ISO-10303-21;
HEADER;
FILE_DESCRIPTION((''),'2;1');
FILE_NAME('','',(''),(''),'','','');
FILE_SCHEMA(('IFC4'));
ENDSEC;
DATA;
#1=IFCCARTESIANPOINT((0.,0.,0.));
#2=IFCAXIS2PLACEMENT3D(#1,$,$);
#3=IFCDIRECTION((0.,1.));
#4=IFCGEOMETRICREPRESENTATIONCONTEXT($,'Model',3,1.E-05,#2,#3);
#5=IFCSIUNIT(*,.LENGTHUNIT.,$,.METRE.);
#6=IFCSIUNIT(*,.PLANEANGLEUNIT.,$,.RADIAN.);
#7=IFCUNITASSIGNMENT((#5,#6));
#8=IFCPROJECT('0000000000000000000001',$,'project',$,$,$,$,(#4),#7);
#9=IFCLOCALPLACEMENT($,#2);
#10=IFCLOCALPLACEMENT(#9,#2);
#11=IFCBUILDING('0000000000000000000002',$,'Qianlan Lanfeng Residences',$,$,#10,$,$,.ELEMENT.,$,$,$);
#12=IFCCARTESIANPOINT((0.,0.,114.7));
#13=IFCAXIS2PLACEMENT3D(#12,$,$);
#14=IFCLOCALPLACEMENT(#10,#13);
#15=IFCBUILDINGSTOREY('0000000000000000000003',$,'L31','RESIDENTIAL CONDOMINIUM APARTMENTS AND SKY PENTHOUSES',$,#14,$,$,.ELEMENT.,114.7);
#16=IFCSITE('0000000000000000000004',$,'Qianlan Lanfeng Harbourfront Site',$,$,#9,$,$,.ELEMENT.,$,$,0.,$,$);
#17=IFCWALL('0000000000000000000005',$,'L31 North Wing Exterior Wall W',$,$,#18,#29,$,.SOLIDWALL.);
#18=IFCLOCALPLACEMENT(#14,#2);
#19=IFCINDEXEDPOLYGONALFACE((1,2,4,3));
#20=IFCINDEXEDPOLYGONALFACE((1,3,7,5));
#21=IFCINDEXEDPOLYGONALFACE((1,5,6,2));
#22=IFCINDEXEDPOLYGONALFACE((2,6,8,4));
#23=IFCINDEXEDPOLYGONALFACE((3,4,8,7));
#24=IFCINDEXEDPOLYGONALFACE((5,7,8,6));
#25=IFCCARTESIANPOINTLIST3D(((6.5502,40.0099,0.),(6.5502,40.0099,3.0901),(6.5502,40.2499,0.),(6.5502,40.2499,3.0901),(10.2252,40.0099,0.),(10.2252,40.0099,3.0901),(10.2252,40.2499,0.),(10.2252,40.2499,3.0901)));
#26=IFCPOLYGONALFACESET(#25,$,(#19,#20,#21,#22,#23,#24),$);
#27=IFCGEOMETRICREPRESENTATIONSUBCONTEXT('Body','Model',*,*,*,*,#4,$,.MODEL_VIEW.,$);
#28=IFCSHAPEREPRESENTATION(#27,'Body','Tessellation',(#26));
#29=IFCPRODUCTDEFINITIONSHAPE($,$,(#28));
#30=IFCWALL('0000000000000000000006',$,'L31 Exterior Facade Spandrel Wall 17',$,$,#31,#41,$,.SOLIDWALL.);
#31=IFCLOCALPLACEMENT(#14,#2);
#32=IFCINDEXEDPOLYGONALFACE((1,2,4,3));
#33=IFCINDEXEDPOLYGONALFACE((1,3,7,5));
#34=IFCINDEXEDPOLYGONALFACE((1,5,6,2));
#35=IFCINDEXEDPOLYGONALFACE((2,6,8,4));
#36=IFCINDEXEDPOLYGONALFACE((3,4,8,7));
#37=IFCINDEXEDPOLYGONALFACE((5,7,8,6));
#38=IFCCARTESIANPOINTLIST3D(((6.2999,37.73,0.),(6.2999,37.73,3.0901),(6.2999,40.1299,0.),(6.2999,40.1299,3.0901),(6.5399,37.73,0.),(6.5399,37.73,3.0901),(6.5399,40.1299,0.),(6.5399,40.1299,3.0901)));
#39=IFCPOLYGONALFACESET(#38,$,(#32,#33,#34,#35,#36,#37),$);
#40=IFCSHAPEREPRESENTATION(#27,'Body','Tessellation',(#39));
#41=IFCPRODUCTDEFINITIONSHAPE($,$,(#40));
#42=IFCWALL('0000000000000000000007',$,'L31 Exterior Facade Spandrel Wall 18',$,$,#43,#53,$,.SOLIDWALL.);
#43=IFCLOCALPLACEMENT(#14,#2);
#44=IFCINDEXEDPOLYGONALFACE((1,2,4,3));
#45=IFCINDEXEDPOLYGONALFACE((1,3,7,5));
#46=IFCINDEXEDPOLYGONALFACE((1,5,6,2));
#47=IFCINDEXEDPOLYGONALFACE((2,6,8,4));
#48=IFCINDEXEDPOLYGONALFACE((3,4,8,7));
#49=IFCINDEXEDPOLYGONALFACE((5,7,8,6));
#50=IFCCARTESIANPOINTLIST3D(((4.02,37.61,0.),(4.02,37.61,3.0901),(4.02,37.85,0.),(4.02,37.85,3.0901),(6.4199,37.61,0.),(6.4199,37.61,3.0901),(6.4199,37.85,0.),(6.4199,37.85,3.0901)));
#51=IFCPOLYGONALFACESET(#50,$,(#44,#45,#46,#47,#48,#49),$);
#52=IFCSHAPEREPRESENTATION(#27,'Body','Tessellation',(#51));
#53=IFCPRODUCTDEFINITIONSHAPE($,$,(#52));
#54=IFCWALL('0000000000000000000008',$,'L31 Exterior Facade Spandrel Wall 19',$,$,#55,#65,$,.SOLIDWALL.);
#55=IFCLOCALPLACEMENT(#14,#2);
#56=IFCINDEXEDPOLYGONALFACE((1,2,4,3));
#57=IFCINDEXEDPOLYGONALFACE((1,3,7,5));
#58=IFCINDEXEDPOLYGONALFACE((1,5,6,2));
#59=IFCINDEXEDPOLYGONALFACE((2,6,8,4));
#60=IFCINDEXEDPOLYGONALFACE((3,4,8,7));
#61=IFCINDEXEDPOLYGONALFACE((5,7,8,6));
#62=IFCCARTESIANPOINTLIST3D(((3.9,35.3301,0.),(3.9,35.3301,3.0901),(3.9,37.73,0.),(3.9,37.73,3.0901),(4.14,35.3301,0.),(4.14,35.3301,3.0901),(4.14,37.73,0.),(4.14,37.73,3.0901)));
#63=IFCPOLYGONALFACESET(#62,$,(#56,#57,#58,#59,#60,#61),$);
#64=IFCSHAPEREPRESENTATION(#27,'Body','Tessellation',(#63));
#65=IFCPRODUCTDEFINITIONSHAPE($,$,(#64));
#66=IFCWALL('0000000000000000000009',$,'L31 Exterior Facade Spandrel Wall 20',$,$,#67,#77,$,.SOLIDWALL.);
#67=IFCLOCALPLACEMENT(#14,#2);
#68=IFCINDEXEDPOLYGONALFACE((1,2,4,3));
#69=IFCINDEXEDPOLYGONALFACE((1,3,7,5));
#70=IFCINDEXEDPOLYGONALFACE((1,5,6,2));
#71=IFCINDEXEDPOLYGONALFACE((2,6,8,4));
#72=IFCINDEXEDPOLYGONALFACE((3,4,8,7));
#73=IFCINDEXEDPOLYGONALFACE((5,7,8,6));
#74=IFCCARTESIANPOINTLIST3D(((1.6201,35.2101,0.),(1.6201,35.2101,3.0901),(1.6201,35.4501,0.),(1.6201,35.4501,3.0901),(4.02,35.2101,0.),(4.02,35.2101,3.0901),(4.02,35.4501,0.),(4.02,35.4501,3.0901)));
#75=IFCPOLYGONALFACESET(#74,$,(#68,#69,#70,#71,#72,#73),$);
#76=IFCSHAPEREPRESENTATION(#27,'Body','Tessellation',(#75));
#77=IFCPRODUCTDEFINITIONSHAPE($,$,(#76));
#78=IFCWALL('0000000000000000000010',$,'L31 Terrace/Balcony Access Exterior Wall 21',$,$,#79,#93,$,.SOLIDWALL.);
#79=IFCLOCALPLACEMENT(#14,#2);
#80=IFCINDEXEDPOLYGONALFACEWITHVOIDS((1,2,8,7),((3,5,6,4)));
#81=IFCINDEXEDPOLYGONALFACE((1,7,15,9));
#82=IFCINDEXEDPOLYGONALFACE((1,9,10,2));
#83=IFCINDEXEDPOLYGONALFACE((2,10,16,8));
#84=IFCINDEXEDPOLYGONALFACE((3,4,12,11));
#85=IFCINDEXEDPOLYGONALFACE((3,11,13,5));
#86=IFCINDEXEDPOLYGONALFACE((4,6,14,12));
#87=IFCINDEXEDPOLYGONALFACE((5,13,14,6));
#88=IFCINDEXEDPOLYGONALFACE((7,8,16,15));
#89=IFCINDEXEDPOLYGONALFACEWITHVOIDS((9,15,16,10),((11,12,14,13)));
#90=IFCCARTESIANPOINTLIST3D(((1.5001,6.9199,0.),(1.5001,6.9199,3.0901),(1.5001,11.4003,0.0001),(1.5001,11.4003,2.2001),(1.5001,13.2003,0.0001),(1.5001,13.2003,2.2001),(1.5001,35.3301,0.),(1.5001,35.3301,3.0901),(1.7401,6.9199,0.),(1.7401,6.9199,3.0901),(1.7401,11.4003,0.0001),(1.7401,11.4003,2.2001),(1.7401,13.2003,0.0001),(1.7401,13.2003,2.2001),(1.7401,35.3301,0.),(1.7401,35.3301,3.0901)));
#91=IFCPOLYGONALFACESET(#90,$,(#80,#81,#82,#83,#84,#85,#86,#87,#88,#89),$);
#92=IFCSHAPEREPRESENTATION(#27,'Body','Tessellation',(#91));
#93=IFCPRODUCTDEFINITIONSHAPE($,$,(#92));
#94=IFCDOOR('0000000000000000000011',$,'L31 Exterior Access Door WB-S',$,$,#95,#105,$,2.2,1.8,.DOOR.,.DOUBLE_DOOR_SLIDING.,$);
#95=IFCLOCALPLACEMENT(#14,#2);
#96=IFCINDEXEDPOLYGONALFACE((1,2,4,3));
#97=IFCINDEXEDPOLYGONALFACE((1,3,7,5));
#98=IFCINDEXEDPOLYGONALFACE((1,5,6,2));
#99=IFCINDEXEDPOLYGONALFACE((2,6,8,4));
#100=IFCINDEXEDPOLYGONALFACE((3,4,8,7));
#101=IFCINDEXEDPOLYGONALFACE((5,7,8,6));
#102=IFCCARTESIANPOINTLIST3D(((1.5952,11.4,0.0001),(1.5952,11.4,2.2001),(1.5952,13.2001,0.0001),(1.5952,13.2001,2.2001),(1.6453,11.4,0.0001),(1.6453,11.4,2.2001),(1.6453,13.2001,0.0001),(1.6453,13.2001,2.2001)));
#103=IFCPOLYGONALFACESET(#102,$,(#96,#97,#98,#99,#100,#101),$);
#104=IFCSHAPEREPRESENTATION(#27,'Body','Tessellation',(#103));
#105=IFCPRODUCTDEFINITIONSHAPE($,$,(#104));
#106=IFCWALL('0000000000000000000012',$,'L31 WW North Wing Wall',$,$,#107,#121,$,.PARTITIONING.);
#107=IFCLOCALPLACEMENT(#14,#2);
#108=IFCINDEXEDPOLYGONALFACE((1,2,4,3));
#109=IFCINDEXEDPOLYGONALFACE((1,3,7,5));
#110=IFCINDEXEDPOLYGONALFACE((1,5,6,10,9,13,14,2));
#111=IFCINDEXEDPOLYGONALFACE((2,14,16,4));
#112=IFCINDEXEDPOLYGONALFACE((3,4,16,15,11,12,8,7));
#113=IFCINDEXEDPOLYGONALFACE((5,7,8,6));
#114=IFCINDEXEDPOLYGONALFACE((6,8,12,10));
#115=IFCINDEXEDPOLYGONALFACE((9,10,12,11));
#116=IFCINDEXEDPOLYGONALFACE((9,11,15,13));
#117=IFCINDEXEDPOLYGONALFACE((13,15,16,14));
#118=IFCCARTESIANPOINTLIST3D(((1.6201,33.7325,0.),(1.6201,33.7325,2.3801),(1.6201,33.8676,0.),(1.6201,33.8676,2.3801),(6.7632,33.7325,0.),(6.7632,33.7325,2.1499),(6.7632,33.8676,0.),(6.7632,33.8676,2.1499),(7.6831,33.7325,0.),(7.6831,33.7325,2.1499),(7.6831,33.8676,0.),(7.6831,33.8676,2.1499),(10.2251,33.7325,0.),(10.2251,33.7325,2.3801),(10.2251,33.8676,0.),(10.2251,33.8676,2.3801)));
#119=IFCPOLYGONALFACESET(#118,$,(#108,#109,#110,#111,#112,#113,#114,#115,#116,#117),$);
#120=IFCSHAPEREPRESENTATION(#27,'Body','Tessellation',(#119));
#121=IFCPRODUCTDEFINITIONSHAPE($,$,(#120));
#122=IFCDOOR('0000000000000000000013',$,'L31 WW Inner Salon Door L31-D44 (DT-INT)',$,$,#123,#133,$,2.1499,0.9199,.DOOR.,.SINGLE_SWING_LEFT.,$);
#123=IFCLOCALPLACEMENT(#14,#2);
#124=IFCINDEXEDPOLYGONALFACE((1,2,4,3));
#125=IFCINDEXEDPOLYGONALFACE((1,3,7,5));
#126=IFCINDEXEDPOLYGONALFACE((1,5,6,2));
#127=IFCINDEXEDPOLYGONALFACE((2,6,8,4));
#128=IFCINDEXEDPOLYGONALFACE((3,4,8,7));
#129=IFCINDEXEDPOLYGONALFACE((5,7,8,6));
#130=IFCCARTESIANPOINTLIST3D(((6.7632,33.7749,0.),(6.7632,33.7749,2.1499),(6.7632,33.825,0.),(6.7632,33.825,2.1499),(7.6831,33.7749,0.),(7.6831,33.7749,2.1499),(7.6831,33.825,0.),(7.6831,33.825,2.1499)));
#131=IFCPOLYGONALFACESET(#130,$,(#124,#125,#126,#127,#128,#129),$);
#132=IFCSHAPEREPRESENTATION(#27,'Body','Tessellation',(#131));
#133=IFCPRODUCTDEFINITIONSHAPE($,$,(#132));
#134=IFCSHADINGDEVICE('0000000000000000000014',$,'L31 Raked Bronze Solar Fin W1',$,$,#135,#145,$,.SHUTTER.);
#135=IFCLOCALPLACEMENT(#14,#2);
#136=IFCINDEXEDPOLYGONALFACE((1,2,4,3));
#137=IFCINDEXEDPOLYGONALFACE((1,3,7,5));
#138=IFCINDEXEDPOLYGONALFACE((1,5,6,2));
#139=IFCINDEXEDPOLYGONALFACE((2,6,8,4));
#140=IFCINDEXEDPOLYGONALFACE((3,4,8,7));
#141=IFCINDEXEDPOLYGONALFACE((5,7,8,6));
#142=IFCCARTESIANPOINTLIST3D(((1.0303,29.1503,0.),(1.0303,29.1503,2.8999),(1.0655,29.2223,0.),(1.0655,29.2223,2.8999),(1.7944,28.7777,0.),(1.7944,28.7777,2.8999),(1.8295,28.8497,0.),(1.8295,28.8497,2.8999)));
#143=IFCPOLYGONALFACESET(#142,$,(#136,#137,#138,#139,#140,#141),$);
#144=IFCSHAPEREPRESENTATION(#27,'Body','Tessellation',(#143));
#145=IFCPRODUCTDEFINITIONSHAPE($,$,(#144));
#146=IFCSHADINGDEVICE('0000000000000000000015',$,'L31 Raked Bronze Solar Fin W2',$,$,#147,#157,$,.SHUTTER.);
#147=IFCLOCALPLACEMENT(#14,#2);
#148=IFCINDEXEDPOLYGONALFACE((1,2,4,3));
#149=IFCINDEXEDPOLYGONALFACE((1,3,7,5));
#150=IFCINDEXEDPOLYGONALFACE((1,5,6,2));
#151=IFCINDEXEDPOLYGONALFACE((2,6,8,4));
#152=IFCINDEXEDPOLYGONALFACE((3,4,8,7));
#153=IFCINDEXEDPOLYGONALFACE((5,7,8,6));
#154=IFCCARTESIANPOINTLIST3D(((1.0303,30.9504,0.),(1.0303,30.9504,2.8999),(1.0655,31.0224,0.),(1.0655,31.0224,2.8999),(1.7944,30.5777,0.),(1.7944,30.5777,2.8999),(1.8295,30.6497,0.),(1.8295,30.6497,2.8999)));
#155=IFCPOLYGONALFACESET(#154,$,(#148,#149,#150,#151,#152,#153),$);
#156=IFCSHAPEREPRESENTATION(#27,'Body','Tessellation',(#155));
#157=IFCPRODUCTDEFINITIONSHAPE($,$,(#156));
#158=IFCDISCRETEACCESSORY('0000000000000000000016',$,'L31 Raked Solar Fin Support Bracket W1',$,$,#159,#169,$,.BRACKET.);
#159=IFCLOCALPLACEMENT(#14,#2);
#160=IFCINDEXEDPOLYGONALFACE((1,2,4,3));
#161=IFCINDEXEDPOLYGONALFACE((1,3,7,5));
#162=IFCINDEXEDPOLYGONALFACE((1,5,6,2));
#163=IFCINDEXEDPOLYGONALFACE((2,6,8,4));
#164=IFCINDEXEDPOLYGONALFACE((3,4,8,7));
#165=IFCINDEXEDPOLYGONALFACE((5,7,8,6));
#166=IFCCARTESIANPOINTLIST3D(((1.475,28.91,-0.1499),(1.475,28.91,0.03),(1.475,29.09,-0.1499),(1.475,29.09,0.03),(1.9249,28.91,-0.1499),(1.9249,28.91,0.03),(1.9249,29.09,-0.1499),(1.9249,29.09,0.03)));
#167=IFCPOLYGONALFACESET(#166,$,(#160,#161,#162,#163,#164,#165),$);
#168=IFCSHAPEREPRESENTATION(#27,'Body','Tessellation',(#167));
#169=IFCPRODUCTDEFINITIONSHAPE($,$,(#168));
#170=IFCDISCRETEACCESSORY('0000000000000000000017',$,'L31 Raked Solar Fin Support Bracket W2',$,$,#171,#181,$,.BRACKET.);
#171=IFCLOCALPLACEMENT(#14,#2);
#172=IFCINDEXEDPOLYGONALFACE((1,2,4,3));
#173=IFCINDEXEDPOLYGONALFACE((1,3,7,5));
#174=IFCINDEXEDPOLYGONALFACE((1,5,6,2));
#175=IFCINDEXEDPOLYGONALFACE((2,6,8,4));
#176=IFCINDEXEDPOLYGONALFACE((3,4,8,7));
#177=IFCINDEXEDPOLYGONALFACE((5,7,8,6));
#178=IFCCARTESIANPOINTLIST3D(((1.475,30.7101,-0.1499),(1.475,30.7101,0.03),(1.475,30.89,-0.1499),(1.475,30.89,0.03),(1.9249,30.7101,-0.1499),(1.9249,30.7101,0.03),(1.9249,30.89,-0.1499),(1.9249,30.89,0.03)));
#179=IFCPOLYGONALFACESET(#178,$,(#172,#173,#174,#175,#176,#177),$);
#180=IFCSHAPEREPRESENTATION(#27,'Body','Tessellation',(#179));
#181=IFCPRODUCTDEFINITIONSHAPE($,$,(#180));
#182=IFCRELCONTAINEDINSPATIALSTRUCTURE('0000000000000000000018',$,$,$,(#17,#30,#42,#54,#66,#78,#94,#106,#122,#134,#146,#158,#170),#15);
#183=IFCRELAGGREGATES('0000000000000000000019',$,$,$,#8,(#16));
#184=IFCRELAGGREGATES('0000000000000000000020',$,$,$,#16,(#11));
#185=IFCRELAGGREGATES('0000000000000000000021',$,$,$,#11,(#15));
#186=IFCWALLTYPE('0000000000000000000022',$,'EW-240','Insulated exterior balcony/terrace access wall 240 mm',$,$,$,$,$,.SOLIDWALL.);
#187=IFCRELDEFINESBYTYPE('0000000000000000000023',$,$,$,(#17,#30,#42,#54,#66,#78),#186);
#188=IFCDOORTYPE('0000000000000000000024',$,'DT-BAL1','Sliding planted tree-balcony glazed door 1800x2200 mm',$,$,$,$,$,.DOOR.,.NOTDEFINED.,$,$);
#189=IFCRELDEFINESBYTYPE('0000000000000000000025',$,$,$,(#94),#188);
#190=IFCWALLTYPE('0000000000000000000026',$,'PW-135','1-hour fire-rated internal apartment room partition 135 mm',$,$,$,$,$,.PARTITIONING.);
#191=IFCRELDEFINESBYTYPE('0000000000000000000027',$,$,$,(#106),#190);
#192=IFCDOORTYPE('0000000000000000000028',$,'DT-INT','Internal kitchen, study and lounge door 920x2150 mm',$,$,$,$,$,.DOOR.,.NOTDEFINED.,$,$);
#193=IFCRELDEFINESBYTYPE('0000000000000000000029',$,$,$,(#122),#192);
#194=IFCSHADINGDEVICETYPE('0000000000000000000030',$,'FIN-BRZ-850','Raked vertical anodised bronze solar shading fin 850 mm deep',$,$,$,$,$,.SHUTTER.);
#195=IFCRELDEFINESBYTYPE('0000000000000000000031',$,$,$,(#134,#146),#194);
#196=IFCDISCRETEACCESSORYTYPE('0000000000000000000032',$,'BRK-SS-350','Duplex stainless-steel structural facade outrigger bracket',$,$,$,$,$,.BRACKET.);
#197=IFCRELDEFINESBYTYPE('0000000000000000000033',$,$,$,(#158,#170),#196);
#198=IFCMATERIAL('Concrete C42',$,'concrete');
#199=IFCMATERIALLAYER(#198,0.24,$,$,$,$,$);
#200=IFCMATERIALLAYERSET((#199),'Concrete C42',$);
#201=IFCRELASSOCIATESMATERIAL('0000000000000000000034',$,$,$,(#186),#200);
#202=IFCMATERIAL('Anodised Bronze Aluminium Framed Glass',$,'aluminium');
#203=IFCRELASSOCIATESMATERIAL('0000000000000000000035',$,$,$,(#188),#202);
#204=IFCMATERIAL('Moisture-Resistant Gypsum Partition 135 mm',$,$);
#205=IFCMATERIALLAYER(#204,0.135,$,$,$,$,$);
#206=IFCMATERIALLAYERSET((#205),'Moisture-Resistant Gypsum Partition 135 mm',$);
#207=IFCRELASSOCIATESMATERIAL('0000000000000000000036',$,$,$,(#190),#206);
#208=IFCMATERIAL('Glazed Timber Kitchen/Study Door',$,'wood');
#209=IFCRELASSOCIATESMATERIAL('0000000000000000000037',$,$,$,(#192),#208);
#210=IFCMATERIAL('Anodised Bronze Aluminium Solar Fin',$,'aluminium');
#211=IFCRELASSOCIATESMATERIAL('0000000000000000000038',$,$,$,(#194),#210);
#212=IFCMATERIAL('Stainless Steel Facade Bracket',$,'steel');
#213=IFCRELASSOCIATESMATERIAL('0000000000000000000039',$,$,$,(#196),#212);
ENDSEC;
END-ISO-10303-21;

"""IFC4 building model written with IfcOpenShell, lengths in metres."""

from ifc_helpers import new_model, si_unit, direction, frame, frame_2d, origin, origin_2d, place, context, subcontext, project, spatial, rectangle, extrude, source, transform, mapped, material, layer, layer_set, type_object, element, fill, save


model = new_model("IFC4")

# Units and contexts
model_context = context("Model", 3, precision=1e-05, world=origin(), true_north=direction((0.0, 1.0)))
body_context = subcontext(model_context, "Body", "Model", "MODEL_VIEW")
ifc_project = project(units=[si_unit("LENGTHUNIT", "METRE"), si_unit("PLANEANGLEUNIT", "RADIAN")], contexts=[model_context])

# Site, building, storey
site_placement = place(None, origin())
site = spatial("IfcSite", under=ifc_project, at=site_placement, Name="Qianlan Lanfeng Harbourfront Site", CompositionType="ELEMENT", RefElevation=0.0)
building_placement = place(site_placement, origin())
building = spatial("IfcBuilding", under=site, at=building_placement, Name="Qianlan Lanfeng Residences", CompositionType="ELEMENT")
storey_placement = place(building_placement, frame((0.0, 0.0, 114.7)))
storey = spatial("IfcBuildingStorey", under=building, at=storey_placement, Name="L31", Description="RESIDENTIAL CONDOMINIUM APARTMENTS AND SKY PENTHOUSES", CompositionType="ELEMENT", Elevation=114.7)

# Walls
ifc_material_1 = material(Name="Concrete C42", Category="concrete")
ifc_layer_1 = layer(ifc_material_1, 0.24)
ifc_layer_set_1 = layer_set([ifc_layer_1], Name="Concrete C42")
wall_type_1 = type_object("IfcWallType", Name="EW-240", Description="Insulated exterior balcony/terrace access wall 240 mm", PredefinedType="SOLIDWALL", material=ifc_layer_set_1)
wall_1_placement = place(storey_placement, frame((10.2251, 40.1299, 0.0), z_axis=(0.0, 0.0, 1.0), x_axis=(-1.0, 0.0, 0.0)))
element("IfcWall", 1, at=wall_1_placement, inside=storey, type_object=wall_type_1, Name="L31 North Wing Exterior Wall W", PredefinedType="SOLIDWALL", context=body_context, shape_type="SweptSolid", body=[
    extrude(rectangle(XDim=3.675, YDim=0.24, at=frame_2d((1.8374, 0.0))), origin(), (0.0, 0.0, 1.0), 3.0901),
])
for number, where, z_axis, x_axis, name in (
    (2, (6.4199, 40.1299, 0.0), (0.0, 0.0, 1.0), (0.0, -1.0, 0.0), "L31 Exterior Facade Spandrel Wall 17"),
    (3, (6.4199, 37.73, 0.0), (0.0, 0.0, 1.0), (-1.0, 0.0, 0.0), "L31 Exterior Facade Spandrel Wall 18"),
    (4, (4.02, 37.73, 0.0), (0.0, 0.0, 1.0), (0.0, -1.0, 0.0), "L31 Exterior Facade Spandrel Wall 19"),
    (5, (4.02, 35.3301, 0.0), (0.0, 0.0, 1.0), (-1.0, 0.0, 0.0), "L31 Exterior Facade Spandrel Wall 20"),
):
    element("IfcWall", number, at=place(storey_placement, frame(where, z_axis=z_axis, x_axis=x_axis)), inside=storey, type_object=wall_type_1, Name=name, PredefinedType="SOLIDWALL", context=body_context, shape_type="SweptSolid", body=[
        extrude(rectangle(XDim=2.3999, YDim=0.24, at=frame_2d((1.2, 0.0))), origin(), (0.0, 0.0, 1.0), 3.0901),
    ])

# Walls, openings, doors
wall_2_placement = place(storey_placement, frame((1.6201, 35.3301, 0.0), z_axis=(0.0, 0.0, 1.0), x_axis=(0.0, -1.0, 0.0)))
wall_2 = element("IfcWall", 6, at=wall_2_placement, inside=storey, type_object=wall_type_1, Name="L31 Terrace/Balcony Access Exterior Wall 21", PredefinedType="SOLIDWALL", context=body_context, shape_type="SweptSolid", body=[
    extrude(rectangle(XDim=28.4102, YDim=0.24, at=frame_2d((14.2051, 0.0))), origin(), (0.0, 0.0, 1.0), 3.0901),
])
opening_1_placement = place(wall_2_placement, frame((22.1299, 0.0, 0.0)))
opening_1 = element("IfcOpeningElement", 7, at=opening_1_placement, cuts=wall_2, PredefinedType="OPENING", context=body_context, shape_type="SweptSolid", body=[
    extrude(rectangle(XDim=1.8, YDim=2.2, at=frame_2d((0.8999, 1.1001))), frame((0.0, 0.1299, 0.0), z_axis=(0.0, -1.0, 0.0), x_axis=(1.0, 0.0, 0.0)), (0.0, 0.0, 1.0), 0.26),
])
ifc_material_2 = material(Name="Anodised Bronze Aluminium Framed Glass", Category="aluminium")
door_type_1 = type_object("IfcDoorType", Name="DT-BAL1", Description="Sliding planted tree-balcony glazed door 1800x2200 mm", OperationType="NOTDEFINED", PredefinedType="DOOR", material=ifc_material_2)
door_1_placement = place(opening_1_placement, frame((1.8, 0.0, 0.0), z_axis=(0.0, 0.0, 1.0), x_axis=(-1.0, 0.0, 0.0)))
door_1 = element("IfcDoor", 8, at=door_1_placement, inside=storey, type_object=door_type_1, Name="L31 Exterior Access Door WB-S", OperationType="DOUBLE_DOOR_SLIDING", OverallHeight=2.2, OverallWidth=1.8, PredefinedType="DOOR", context=body_context, shape_type="SweptSolid", body=[
    extrude(rectangle(XDim=1.8, YDim=2.2, at=frame_2d((0.8999, 1.1001))), frame((0.0, 0.0249, 0.0), z_axis=(0.0, -1.0, 0.0), x_axis=(1.0, 0.0, 0.0)), (0.0, 0.0, 1.0), 0.05),
])
fill(opening_1, door_1)
ifc_material_3 = material(Name="Moisture-Resistant Gypsum Partition 135 mm")
ifc_layer_2 = layer(ifc_material_3, 0.135)
ifc_layer_set_2 = layer_set([ifc_layer_2], Name="Moisture-Resistant Gypsum Partition 135 mm")
wall_type_2 = type_object("IfcWallType", Name="PW-135", Description="1-hour fire-rated internal apartment room partition 135 mm", PredefinedType="PARTITIONING", material=ifc_layer_set_2)
wall_3_placement = place(storey_placement, frame((1.6201, 33.8, 0.0), z_axis=(0.0, 0.0, 1.0), x_axis=(1.0, 0.0, 0.0)))
wall_3 = element("IfcWall", 9, at=wall_3_placement, inside=storey, type_object=wall_type_2, Name="L31 WW North Wing Wall", PredefinedType="PARTITIONING", context=body_context, shape_type="SweptSolid", body=[
    extrude(rectangle(XDim=8.605, YDim=0.135, at=frame_2d((4.3025, 0.0))), origin(), (0.0, 0.0, 1.0), 2.3801),
])
opening_2_placement = place(wall_3_placement, frame((5.1431, 0.0, 0.0)))
opening_2 = element("IfcOpeningElement", 10, at=opening_2_placement, cuts=wall_3, PredefinedType="OPENING", context=body_context, shape_type="SweptSolid", body=[
    extrude(rectangle(XDim=0.9199, YDim=2.1499, at=frame_2d((0.46, 1.075))), frame((0.0, 0.0776, 0.0), z_axis=(0.0, -1.0, 0.0), x_axis=(1.0, 0.0, 0.0)), (0.0, 0.0, 1.0), 0.155),
])
ifc_material_4 = material(Name="Glazed Timber Kitchen/Study Door", Category="wood")
door_type_2 = type_object("IfcDoorType", Name="DT-INT", Description="Internal kitchen, study and lounge door 920x2150 mm", OperationType="NOTDEFINED", PredefinedType="DOOR", material=ifc_material_4)
door_2_placement = place(opening_2_placement, origin())
door_2 = element("IfcDoor", 11, at=door_2_placement, inside=storey, type_object=door_type_2, Name="L31 WW Inner Salon Door L31-D44 (DT-INT)", OperationType="SINGLE_SWING_LEFT", OverallHeight=2.1499, OverallWidth=0.9199, PredefinedType="DOOR", context=body_context, shape_type="SweptSolid", body=[
    extrude(rectangle(XDim=0.9199, YDim=2.1499, at=frame_2d((0.46, 1.075))), frame((0.0, 0.0249, 0.0), z_axis=(0.0, -1.0, 0.0), x_axis=(1.0, 0.0, 0.0)), (0.0, 0.0, 1.0), 0.05),
])
fill(opening_2, door_2)

# Shading devices
ifc_material_5 = material(Name="Anodised Bronze Aluminium Solar Fin", Category="aluminium")
shading_device_type = type_object("IfcShadingDeviceType", Name="FIN-BRZ-850", Description="Raked vertical anodised bronze solar shading fin 850 mm deep", PredefinedType="SHUTTER", material=ifc_material_5)
shared_shape_1 = source(origin(), body_context, "Body", "SweptSolid", [
    extrude(rectangle(XDim=0.8501, YDim=0.0801, at=origin_2d()), origin(), (0.0, 0.0, 1.0), 2.8999),
])
for number, where, z_axis, x_axis, name in (
    (12, (1.4299, 29.0, 0.0), (0.0, 0.0, 1.0), (0.898794, -0.438371, 0.0), "L31 Raked Bronze Solar Fin W1"),
    (13, (1.4299, 30.8, 0.0), (0.0, 0.0, 1.0), (0.898794, -0.438371, 0.0), "L31 Raked Bronze Solar Fin W2"),
):
    element("IfcShadingDevice", number, at=place(storey_placement, frame(where, z_axis=z_axis, x_axis=x_axis)), inside=storey, type_object=shading_device_type, Name=name, PredefinedType="SHUTTER", context=body_context, shape_type="MappedRepresentation", body=[
        mapped(shared_shape_1, transform((0.0, 0.0, 0.0), scale=1.0)),
    ])

# Discrete accessories
ifc_material_6 = material(Name="Stainless Steel Facade Bracket", Category="steel")
discrete_accessory_type = type_object("IfcDiscreteAccessoryType", Name="BRK-SS-350", Description="Duplex stainless-steel structural facade outrigger bracket", PredefinedType="BRACKET", material=ifc_material_6)
shared_shape_2 = source(origin(), body_context, "Body", "SweptSolid", [
    extrude(rectangle(XDim=0.45, YDim=0.1799, at=origin_2d()), origin(), (0.0, 0.0, 1.0), 0.1799),
])
for number, where, z_axis, x_axis, name in (
    (14, (1.7, 29.0, -0.1499), (0.0, 0.0, 1.0), (1.0, 0.0, 0.0), "L31 Raked Solar Fin Support Bracket W1"),
    (15, (1.7, 30.8, -0.1499), (0.0, 0.0, 1.0), (1.0, 0.0, 0.0), "L31 Raked Solar Fin Support Bracket W2"),
):
    element("IfcDiscreteAccessory", number, at=place(storey_placement, frame(where, z_axis=z_axis, x_axis=x_axis)), inside=storey, type_object=discrete_accessory_type, Name=name, PredefinedType="BRACKET", context=body_context, shape_type="MappedRepresentation", body=[
        mapped(shared_shape_2, transform((0.0, 0.0, 0.0), scale=1.0)),
    ])

save(model, "model.ifc")
